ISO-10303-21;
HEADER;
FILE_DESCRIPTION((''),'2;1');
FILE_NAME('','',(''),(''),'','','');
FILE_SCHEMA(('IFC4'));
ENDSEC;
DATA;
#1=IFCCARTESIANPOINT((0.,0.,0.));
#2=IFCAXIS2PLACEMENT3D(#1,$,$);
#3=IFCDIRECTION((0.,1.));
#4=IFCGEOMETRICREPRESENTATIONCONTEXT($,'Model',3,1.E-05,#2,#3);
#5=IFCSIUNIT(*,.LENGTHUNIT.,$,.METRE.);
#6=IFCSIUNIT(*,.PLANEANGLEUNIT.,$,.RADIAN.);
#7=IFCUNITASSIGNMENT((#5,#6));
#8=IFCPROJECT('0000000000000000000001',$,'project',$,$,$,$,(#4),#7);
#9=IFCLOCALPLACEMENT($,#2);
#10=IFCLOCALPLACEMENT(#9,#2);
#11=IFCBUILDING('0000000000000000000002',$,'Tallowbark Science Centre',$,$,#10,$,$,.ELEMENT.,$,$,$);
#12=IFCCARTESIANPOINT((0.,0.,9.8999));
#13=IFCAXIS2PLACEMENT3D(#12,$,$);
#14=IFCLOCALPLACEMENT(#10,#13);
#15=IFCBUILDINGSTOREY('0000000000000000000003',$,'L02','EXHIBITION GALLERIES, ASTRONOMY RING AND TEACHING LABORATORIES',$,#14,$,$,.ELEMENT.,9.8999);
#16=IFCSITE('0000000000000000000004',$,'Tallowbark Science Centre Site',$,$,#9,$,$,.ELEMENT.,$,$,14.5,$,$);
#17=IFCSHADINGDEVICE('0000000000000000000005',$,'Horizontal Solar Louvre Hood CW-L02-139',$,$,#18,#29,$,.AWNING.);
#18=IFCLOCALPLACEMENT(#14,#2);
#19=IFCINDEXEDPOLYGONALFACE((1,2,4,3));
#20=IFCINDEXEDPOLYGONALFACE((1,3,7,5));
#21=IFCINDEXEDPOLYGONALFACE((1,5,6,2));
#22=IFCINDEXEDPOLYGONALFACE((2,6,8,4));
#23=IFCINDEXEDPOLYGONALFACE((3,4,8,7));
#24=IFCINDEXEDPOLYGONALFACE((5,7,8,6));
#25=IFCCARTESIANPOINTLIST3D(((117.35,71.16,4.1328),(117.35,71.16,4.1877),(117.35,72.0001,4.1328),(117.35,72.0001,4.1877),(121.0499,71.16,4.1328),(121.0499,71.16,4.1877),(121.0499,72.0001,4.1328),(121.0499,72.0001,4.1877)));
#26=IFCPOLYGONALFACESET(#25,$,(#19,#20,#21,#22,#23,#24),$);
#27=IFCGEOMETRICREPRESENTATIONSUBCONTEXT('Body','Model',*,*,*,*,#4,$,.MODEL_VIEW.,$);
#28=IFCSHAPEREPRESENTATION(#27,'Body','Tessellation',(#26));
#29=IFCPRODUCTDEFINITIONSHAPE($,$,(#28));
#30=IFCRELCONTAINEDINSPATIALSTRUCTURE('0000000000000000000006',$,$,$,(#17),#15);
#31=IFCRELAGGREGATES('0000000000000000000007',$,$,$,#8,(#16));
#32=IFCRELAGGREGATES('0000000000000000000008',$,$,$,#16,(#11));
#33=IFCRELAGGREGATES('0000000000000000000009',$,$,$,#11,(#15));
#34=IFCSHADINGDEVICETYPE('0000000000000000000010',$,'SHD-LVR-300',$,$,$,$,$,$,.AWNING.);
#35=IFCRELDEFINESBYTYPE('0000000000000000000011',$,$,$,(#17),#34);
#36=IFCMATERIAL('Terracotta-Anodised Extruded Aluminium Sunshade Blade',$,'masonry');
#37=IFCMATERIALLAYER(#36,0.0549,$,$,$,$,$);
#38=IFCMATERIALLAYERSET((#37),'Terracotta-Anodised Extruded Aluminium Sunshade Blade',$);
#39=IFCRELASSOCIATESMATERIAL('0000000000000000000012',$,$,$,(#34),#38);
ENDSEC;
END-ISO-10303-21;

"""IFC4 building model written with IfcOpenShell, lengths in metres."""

from ifc_helpers import new_model, si_unit, direction, frame, origin, origin_2d, place, context, subcontext, project, spatial, rectangle, extrude, material, layer, layer_set, type_object, element, save


model = new_model("IFC4")

# Units and contexts
model_context = context("Model", 3, precision=1e-05, world=origin(), true_north=direction((0.0, 1.0)))
body_context = subcontext(model_context, "Body", "Model", "MODEL_VIEW")
ifc_project = project(units=[si_unit("LENGTHUNIT", "METRE"), si_unit("PLANEANGLEUNIT", "RADIAN")], contexts=[model_context])

# Site, building, storey
site_placement = place(None, origin())
site = spatial("IfcSite", under=ifc_project, at=site_placement, Name="Tallowbark Science Centre Site", CompositionType="ELEMENT", RefElevation=14.5)
building_placement = place(site_placement, origin())
building = spatial("IfcBuilding", under=site, at=building_placement, Name="Tallowbark Science Centre", CompositionType="ELEMENT")
storey_placement = place(building_placement, frame((0.0, 0.0, 9.8999)))
storey = spatial("IfcBuildingStorey", under=building, at=storey_placement, Name="L02", Description="EXHIBITION GALLERIES, ASTRONOMY RING AND TEACHING LABORATORIES", CompositionType="ELEMENT", Elevation=9.8999)

# Shading device
ifc_material_1 = material(Name="Terracotta-Anodised Extruded Aluminium Sunshade Blade", Category="masonry")
ifc_layer_1 = layer(ifc_material_1, 0.0549)
ifc_layer_set_1 = layer_set([ifc_layer_1], Name="Terracotta-Anodised Extruded Aluminium Sunshade Blade")
shading_device_type = type_object("IfcShadingDeviceType", Name="SHD-LVR-300", PredefinedType="AWNING", material=ifc_layer_set_1)
shading_device_placement = place(storey_placement, frame((119.2, 71.5801, 4.1328), z_axis=(0.0, 0.0, 1.0), x_axis=(1.0, 0.0, 0.0)))
element("IfcShadingDevice", 1, at=shading_device_placement, inside=storey, type_object=shading_device_type, Name="Horizontal Solar Louvre Hood CW-L02-139", PredefinedType="AWNING", context=body_context, shape_type="SweptSolid", body=[
    extrude(rectangle(XDim=3.7, YDim=0.8401, at=origin_2d()), origin(), (0.0, 0.0, 1.0), 0.0549),
])

save(model, "model.ifc")
